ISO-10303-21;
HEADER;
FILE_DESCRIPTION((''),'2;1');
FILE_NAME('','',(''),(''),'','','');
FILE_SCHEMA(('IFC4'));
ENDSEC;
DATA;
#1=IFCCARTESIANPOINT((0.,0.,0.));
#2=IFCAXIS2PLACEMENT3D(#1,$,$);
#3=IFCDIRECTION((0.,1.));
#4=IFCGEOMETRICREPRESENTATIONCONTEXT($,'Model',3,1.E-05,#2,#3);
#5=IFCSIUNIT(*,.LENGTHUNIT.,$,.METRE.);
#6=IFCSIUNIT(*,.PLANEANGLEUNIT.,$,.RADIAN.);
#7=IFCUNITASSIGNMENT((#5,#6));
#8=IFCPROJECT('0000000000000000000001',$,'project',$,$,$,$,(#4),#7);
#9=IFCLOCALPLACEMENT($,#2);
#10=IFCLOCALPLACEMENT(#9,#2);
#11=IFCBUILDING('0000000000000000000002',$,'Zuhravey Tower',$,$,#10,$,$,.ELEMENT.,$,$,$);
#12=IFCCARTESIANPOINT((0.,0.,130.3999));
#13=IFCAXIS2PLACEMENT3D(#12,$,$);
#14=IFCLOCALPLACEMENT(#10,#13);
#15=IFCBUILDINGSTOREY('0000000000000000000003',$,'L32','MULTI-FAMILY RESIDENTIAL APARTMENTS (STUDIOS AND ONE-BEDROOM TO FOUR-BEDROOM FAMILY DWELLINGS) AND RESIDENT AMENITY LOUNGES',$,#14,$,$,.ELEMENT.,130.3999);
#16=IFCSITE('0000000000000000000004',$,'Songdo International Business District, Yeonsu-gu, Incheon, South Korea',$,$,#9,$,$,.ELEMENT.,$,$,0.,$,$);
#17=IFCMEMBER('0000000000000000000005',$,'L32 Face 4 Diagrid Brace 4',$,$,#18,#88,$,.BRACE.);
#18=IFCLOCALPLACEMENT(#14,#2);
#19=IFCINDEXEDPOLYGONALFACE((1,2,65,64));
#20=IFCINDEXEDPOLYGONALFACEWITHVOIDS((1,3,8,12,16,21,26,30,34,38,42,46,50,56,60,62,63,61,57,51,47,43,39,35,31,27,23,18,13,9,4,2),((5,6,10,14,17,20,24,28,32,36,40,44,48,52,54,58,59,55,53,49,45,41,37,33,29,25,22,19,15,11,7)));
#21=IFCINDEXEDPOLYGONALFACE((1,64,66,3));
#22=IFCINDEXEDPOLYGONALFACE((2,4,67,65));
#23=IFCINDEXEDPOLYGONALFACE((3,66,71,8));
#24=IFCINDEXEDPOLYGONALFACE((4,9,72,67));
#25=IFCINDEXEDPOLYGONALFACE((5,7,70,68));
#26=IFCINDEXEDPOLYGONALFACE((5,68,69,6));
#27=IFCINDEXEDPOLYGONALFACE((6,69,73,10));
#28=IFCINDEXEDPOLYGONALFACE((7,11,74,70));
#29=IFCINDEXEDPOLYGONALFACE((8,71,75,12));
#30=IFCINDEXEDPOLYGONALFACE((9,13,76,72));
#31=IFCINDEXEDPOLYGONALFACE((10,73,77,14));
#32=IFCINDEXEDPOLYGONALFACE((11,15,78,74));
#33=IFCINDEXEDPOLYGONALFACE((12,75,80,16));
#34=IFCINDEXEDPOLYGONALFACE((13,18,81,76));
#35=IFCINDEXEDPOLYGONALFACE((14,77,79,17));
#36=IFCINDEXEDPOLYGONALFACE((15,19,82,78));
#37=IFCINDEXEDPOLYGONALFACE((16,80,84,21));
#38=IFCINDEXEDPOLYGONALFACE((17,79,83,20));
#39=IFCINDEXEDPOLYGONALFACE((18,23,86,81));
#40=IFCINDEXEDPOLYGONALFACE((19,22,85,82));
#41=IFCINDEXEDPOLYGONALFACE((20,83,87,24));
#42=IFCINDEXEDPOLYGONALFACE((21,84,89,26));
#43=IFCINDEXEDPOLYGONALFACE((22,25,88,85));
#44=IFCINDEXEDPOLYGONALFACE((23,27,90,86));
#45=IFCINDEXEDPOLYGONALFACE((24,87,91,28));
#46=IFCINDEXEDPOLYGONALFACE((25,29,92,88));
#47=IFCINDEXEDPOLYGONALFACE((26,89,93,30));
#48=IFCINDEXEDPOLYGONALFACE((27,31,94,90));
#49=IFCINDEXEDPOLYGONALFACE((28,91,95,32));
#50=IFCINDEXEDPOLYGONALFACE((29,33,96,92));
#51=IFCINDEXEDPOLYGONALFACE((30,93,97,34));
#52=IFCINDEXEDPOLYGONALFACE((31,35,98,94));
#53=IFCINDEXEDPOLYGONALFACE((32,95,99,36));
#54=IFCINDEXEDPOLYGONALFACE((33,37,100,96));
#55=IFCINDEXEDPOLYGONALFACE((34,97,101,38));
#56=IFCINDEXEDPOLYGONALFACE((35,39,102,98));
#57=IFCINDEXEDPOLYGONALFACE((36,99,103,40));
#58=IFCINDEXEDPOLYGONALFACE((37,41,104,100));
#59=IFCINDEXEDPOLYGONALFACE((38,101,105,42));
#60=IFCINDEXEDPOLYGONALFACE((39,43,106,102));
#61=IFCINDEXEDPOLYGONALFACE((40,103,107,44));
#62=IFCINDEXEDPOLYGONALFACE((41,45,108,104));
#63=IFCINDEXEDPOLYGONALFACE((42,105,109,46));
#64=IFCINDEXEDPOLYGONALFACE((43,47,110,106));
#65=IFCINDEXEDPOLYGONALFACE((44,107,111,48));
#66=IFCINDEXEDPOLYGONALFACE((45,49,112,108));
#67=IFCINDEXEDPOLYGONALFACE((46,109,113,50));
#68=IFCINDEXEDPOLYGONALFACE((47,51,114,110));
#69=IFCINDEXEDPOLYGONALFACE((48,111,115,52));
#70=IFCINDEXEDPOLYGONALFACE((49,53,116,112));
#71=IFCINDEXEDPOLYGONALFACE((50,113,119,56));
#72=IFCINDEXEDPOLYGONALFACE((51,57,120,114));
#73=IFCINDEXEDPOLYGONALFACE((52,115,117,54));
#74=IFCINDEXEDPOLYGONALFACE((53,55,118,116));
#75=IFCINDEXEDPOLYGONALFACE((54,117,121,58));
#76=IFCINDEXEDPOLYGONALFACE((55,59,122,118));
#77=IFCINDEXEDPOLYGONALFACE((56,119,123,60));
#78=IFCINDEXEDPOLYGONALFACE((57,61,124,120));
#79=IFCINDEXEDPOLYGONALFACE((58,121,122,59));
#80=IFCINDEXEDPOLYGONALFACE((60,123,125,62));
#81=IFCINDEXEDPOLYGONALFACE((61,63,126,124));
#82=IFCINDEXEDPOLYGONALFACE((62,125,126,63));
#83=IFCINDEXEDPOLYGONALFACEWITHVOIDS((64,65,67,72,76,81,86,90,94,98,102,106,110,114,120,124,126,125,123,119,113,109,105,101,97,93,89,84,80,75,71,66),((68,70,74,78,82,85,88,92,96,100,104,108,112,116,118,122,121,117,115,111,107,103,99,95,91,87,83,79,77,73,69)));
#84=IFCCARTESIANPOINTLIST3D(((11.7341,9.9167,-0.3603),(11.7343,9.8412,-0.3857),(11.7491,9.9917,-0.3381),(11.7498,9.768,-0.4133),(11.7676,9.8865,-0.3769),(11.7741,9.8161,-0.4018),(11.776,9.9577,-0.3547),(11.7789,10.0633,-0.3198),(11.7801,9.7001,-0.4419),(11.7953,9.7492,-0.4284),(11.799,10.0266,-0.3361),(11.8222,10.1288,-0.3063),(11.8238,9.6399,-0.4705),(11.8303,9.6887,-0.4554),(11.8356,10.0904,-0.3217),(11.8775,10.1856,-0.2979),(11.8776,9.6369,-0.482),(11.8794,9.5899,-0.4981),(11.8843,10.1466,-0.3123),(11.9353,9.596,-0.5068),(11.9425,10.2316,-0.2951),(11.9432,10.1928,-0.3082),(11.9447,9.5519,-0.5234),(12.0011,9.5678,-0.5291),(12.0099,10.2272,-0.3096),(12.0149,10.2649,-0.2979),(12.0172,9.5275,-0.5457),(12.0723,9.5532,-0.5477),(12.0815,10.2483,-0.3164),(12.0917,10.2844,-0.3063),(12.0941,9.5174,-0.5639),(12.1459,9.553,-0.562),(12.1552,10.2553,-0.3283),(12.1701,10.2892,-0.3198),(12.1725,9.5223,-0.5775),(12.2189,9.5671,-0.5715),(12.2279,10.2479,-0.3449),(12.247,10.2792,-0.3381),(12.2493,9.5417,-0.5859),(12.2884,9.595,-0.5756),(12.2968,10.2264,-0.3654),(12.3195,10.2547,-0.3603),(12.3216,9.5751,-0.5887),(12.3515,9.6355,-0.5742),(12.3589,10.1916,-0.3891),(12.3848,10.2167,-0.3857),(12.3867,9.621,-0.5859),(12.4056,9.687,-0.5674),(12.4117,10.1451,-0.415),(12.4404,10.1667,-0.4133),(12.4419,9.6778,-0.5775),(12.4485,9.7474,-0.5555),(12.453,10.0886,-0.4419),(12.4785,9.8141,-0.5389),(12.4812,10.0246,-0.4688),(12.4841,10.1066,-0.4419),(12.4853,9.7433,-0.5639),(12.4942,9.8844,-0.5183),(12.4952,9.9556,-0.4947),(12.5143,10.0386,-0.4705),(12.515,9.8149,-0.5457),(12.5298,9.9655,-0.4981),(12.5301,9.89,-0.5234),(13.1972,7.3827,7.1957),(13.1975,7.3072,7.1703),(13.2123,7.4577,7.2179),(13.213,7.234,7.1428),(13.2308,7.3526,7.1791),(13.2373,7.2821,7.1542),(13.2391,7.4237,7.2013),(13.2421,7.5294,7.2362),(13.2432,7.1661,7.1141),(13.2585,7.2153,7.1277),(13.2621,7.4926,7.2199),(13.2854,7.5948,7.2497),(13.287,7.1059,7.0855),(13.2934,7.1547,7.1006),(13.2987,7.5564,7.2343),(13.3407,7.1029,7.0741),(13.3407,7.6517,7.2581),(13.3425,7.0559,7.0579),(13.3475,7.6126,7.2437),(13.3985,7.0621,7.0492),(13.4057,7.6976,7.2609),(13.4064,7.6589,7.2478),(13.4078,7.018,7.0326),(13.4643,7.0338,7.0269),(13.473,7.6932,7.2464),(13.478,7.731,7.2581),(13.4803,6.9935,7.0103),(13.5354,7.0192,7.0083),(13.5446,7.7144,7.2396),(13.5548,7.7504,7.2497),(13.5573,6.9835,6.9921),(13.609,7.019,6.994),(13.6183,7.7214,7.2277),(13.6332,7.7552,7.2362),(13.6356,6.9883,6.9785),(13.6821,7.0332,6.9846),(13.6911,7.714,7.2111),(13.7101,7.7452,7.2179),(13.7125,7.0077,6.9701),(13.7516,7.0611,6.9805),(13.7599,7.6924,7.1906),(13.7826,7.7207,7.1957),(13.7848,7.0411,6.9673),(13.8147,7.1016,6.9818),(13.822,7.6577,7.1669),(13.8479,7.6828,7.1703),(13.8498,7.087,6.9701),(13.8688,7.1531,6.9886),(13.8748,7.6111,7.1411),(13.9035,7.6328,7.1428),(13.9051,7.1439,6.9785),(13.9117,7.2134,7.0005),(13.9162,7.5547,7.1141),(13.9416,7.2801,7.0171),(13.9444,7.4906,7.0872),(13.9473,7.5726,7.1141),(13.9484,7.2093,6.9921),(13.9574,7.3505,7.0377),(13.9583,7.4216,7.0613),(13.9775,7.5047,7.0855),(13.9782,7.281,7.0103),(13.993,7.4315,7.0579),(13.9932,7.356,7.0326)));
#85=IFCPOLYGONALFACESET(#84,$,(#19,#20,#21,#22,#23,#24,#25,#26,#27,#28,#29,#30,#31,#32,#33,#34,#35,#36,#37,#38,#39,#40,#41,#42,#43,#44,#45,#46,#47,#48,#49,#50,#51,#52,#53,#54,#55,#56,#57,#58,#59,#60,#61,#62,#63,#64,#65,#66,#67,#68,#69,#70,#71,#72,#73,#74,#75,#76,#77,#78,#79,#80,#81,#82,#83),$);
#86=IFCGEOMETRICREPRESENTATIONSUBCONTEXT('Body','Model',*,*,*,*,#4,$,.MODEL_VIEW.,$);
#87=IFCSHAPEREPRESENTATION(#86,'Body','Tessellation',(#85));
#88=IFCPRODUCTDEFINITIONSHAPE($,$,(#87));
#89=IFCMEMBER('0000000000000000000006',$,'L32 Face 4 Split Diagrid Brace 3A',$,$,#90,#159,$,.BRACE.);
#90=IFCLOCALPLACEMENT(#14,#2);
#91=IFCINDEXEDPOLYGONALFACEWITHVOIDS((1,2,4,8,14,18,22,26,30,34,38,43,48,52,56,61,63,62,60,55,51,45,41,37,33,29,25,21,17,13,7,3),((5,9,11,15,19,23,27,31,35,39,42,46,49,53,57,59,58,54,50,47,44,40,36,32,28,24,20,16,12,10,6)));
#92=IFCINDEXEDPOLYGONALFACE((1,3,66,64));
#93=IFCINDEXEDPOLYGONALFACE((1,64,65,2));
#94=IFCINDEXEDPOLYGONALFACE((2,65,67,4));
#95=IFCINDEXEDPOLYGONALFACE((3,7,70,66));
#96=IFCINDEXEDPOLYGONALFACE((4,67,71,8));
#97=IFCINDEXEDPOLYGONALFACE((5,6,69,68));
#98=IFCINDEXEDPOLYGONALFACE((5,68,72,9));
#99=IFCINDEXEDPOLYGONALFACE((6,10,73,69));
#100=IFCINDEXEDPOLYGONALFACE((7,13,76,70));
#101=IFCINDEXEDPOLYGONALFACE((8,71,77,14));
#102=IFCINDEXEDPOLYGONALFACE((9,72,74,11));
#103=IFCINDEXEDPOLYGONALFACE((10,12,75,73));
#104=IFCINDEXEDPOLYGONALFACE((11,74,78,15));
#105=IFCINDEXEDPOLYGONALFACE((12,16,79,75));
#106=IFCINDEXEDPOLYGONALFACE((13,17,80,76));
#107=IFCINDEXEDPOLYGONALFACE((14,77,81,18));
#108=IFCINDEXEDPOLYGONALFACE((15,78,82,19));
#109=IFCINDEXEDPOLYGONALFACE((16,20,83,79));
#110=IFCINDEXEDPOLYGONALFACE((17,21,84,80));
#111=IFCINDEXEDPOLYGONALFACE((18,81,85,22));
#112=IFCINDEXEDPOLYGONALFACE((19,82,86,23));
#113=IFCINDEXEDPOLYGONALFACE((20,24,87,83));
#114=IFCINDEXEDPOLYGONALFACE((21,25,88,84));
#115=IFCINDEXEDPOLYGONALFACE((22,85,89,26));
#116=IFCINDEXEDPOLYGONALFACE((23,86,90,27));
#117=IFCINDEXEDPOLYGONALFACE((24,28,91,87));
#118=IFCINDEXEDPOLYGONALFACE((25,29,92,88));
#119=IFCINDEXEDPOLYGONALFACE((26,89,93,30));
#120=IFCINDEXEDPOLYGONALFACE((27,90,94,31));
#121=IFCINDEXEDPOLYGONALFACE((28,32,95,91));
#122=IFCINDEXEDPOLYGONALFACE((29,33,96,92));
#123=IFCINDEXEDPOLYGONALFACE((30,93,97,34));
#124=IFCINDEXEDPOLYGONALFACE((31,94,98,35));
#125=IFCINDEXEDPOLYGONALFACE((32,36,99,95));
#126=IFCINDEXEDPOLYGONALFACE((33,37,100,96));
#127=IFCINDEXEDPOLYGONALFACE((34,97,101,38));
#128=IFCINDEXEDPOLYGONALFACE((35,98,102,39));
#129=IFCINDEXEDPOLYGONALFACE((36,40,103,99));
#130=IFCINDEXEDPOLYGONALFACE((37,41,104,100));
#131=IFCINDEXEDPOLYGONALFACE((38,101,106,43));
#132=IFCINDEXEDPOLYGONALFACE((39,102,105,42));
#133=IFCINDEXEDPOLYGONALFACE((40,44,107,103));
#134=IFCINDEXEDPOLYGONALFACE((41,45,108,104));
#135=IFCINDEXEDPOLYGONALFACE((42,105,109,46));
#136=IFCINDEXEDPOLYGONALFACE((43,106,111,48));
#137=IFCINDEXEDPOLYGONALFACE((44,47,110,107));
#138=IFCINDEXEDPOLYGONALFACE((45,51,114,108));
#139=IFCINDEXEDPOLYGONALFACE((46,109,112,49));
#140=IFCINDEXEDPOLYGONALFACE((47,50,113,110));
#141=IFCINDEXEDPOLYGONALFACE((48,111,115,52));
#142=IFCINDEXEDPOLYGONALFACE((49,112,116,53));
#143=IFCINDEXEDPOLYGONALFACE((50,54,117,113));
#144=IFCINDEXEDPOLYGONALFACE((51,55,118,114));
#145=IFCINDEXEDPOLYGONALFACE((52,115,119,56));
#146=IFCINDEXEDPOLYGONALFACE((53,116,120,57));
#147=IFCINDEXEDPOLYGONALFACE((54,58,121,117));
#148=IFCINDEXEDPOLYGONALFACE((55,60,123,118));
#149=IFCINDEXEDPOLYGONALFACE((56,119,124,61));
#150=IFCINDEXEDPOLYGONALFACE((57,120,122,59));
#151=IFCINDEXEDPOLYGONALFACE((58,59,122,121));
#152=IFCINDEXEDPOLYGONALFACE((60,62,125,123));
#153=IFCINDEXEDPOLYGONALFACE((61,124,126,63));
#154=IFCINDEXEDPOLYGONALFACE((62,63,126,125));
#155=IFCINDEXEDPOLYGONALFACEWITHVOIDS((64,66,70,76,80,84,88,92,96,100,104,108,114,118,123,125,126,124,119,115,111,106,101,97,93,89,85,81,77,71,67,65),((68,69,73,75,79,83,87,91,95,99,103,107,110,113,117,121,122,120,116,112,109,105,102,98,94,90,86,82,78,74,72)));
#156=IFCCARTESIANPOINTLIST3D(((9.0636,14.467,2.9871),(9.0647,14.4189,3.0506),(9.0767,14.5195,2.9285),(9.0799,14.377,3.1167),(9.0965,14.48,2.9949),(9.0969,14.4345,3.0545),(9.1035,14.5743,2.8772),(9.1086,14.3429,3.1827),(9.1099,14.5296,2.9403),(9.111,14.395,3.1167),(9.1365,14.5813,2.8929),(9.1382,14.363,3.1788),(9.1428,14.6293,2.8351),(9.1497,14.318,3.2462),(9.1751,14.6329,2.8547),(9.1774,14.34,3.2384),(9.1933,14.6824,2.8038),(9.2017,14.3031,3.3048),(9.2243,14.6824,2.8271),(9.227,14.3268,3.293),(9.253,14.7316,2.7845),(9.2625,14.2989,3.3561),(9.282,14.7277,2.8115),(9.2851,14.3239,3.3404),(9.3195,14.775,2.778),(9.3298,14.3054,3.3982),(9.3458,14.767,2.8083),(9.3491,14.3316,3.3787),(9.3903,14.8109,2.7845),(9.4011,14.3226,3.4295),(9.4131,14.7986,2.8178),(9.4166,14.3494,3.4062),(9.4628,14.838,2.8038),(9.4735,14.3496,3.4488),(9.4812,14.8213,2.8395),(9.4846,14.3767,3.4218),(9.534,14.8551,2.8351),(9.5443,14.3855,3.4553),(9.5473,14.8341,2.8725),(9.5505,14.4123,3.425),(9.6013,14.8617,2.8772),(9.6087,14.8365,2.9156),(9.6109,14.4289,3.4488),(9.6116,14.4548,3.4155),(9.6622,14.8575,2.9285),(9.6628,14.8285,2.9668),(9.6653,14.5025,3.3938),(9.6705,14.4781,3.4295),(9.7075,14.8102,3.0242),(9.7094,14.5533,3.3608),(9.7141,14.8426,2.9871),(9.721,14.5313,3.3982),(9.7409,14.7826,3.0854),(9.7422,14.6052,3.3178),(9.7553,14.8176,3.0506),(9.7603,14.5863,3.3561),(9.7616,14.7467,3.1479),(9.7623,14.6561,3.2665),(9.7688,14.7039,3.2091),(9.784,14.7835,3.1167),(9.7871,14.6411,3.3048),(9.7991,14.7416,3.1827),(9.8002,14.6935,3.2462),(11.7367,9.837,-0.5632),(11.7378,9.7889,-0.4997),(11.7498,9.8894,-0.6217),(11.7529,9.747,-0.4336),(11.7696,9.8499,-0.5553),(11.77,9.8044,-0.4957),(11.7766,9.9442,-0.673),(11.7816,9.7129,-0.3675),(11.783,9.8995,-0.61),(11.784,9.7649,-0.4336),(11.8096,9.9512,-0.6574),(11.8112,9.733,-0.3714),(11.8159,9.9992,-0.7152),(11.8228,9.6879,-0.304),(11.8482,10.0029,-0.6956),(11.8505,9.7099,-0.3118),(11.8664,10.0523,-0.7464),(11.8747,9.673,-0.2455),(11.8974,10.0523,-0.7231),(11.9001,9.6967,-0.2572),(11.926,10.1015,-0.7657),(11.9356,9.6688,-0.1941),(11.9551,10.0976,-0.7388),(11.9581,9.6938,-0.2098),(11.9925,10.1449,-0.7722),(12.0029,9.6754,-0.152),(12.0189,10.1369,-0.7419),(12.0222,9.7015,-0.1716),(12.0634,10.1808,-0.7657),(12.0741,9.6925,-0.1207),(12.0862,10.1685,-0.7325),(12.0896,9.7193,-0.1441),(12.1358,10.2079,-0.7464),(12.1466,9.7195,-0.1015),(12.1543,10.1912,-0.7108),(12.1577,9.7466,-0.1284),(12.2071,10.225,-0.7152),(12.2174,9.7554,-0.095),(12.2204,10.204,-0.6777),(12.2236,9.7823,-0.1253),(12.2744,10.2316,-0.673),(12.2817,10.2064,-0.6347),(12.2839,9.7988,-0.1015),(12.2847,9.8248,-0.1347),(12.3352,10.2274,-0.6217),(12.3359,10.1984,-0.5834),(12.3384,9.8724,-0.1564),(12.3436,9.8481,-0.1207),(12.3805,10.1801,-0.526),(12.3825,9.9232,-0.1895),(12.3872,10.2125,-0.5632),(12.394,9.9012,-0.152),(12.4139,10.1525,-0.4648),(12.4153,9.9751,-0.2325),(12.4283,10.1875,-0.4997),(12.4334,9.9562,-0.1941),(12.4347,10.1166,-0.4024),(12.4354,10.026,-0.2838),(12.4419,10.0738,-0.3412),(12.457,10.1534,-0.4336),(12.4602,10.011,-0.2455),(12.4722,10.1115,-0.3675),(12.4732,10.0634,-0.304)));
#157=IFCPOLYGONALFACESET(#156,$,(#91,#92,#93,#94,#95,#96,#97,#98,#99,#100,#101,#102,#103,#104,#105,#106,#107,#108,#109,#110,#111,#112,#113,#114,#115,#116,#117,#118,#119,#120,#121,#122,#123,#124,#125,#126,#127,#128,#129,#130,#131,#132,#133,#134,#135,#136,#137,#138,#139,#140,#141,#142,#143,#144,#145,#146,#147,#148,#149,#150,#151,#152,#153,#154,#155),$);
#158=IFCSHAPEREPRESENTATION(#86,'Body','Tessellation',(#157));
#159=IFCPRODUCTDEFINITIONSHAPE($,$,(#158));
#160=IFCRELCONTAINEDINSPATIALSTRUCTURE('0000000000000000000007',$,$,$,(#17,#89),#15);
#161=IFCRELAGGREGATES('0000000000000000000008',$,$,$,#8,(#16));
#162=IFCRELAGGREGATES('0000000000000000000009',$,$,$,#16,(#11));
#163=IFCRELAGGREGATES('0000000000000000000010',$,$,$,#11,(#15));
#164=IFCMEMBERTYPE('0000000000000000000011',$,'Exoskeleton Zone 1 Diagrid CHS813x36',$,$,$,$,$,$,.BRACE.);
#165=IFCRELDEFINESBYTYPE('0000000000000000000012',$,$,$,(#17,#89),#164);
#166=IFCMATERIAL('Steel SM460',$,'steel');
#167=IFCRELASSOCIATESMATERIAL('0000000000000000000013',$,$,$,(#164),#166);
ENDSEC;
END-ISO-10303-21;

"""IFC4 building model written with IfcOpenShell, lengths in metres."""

from ifc_helpers import new_model, si_unit, direction, frame, origin, origin_2d, place, context, subcontext, project, spatial, hollow_circle, extrude, material, material_profile, profile_set, type_object, element, save


model = new_model("IFC4")

# Units and contexts
model_context = context("Model", 3, precision=1e-05, world=origin(), true_north=direction((0.0, 1.0)))
body_context = subcontext(model_context, "Body", "Model", "MODEL_VIEW")
ifc_project = project(units=[si_unit("LENGTHUNIT", "METRE"), si_unit("PLANEANGLEUNIT", "RADIAN")], contexts=[model_context])

# Site, building, storey
site_placement = place(None, origin())
site = spatial("IfcSite", under=ifc_project, at=site_placement, Name="Songdo International Business District, Yeonsu-gu, Incheon, South Korea", CompositionType="ELEMENT", RefElevation=0.0)
building_placement = place(site_placement, origin())
building = spatial("IfcBuilding", under=site, at=building_placement, Name="Zuhravey Tower", CompositionType="ELEMENT")
storey_placement = place(building_placement, frame((0.0, 0.0, 130.3999)))
storey = spatial("IfcBuildingStorey", under=building, at=storey_placement, Name="L32", Description="MULTI-FAMILY RESIDENTIAL APARTMENTS (STUDIOS AND ONE-BEDROOM TO FOUR-BEDROOM FAMILY DWELLINGS) AND RESIDENT AMENITY LOUNGES", CompositionType="ELEMENT", Elevation=130.3999)

# Members
ifc_material_1 = material(Name="Steel SM460", Category="steel")
ifc_material_profile_1 = material_profile(ifc_material_1, hollow_circle(Radius=0.4065, WallThickness=0.0359, at=origin_2d()), Name="CHS-812.8x36")
ifc_profile_set_1 = profile_set([ifc_material_profile_1], Name="Steel SM460")
member_type_1 = type_object("IfcMemberType", Name="Exoskeleton Zone 1 Diagrid CHS813x36", PredefinedType="BRACE", material=ifc_profile_set_1)
member_1_placement = place(storey_placement, frame((12.1321, 9.9033, -0.4419), z_axis=(0.180574, -0.312728, 0.93252), x_axis=(0.866001, 0.500043, 0.0)))
element("IfcMember", 1, at=member_1_placement, inside=storey, type_object=member_type_1, Name="L32 Face 4 Diagrid Brace 4", PredefinedType="BRACE", context=body_context, shape_type="SweptSolid", body=[
    extrude(hollow_circle(Radius=0.4065, WallThickness=0.0359, at=origin_2d()), origin(), (0.0, 0.0, 1.0), 8.1028),
])
member_2_placement = place(storey_placement, frame((12.105, 9.9502, -0.4336), z_axis=(-0.416513, 0.721451, 0.553195), x_axis=(-0.866034, -0.499985, 0.0)))
element("IfcMember", 2, at=member_2_placement, inside=storey, type_object=member_type_1, Name="L32 Face 4 Split Diagrid Brace 3A", PredefinedType="BRACE", context=body_context, shape_type="SweptSolid", body=[
    extrude(hollow_circle(Radius=0.4065, WallThickness=0.0359, at=origin_2d()), origin(), (0.0, 0.0, 1.0), 6.4177),
])

save(model, "model.ifc")
